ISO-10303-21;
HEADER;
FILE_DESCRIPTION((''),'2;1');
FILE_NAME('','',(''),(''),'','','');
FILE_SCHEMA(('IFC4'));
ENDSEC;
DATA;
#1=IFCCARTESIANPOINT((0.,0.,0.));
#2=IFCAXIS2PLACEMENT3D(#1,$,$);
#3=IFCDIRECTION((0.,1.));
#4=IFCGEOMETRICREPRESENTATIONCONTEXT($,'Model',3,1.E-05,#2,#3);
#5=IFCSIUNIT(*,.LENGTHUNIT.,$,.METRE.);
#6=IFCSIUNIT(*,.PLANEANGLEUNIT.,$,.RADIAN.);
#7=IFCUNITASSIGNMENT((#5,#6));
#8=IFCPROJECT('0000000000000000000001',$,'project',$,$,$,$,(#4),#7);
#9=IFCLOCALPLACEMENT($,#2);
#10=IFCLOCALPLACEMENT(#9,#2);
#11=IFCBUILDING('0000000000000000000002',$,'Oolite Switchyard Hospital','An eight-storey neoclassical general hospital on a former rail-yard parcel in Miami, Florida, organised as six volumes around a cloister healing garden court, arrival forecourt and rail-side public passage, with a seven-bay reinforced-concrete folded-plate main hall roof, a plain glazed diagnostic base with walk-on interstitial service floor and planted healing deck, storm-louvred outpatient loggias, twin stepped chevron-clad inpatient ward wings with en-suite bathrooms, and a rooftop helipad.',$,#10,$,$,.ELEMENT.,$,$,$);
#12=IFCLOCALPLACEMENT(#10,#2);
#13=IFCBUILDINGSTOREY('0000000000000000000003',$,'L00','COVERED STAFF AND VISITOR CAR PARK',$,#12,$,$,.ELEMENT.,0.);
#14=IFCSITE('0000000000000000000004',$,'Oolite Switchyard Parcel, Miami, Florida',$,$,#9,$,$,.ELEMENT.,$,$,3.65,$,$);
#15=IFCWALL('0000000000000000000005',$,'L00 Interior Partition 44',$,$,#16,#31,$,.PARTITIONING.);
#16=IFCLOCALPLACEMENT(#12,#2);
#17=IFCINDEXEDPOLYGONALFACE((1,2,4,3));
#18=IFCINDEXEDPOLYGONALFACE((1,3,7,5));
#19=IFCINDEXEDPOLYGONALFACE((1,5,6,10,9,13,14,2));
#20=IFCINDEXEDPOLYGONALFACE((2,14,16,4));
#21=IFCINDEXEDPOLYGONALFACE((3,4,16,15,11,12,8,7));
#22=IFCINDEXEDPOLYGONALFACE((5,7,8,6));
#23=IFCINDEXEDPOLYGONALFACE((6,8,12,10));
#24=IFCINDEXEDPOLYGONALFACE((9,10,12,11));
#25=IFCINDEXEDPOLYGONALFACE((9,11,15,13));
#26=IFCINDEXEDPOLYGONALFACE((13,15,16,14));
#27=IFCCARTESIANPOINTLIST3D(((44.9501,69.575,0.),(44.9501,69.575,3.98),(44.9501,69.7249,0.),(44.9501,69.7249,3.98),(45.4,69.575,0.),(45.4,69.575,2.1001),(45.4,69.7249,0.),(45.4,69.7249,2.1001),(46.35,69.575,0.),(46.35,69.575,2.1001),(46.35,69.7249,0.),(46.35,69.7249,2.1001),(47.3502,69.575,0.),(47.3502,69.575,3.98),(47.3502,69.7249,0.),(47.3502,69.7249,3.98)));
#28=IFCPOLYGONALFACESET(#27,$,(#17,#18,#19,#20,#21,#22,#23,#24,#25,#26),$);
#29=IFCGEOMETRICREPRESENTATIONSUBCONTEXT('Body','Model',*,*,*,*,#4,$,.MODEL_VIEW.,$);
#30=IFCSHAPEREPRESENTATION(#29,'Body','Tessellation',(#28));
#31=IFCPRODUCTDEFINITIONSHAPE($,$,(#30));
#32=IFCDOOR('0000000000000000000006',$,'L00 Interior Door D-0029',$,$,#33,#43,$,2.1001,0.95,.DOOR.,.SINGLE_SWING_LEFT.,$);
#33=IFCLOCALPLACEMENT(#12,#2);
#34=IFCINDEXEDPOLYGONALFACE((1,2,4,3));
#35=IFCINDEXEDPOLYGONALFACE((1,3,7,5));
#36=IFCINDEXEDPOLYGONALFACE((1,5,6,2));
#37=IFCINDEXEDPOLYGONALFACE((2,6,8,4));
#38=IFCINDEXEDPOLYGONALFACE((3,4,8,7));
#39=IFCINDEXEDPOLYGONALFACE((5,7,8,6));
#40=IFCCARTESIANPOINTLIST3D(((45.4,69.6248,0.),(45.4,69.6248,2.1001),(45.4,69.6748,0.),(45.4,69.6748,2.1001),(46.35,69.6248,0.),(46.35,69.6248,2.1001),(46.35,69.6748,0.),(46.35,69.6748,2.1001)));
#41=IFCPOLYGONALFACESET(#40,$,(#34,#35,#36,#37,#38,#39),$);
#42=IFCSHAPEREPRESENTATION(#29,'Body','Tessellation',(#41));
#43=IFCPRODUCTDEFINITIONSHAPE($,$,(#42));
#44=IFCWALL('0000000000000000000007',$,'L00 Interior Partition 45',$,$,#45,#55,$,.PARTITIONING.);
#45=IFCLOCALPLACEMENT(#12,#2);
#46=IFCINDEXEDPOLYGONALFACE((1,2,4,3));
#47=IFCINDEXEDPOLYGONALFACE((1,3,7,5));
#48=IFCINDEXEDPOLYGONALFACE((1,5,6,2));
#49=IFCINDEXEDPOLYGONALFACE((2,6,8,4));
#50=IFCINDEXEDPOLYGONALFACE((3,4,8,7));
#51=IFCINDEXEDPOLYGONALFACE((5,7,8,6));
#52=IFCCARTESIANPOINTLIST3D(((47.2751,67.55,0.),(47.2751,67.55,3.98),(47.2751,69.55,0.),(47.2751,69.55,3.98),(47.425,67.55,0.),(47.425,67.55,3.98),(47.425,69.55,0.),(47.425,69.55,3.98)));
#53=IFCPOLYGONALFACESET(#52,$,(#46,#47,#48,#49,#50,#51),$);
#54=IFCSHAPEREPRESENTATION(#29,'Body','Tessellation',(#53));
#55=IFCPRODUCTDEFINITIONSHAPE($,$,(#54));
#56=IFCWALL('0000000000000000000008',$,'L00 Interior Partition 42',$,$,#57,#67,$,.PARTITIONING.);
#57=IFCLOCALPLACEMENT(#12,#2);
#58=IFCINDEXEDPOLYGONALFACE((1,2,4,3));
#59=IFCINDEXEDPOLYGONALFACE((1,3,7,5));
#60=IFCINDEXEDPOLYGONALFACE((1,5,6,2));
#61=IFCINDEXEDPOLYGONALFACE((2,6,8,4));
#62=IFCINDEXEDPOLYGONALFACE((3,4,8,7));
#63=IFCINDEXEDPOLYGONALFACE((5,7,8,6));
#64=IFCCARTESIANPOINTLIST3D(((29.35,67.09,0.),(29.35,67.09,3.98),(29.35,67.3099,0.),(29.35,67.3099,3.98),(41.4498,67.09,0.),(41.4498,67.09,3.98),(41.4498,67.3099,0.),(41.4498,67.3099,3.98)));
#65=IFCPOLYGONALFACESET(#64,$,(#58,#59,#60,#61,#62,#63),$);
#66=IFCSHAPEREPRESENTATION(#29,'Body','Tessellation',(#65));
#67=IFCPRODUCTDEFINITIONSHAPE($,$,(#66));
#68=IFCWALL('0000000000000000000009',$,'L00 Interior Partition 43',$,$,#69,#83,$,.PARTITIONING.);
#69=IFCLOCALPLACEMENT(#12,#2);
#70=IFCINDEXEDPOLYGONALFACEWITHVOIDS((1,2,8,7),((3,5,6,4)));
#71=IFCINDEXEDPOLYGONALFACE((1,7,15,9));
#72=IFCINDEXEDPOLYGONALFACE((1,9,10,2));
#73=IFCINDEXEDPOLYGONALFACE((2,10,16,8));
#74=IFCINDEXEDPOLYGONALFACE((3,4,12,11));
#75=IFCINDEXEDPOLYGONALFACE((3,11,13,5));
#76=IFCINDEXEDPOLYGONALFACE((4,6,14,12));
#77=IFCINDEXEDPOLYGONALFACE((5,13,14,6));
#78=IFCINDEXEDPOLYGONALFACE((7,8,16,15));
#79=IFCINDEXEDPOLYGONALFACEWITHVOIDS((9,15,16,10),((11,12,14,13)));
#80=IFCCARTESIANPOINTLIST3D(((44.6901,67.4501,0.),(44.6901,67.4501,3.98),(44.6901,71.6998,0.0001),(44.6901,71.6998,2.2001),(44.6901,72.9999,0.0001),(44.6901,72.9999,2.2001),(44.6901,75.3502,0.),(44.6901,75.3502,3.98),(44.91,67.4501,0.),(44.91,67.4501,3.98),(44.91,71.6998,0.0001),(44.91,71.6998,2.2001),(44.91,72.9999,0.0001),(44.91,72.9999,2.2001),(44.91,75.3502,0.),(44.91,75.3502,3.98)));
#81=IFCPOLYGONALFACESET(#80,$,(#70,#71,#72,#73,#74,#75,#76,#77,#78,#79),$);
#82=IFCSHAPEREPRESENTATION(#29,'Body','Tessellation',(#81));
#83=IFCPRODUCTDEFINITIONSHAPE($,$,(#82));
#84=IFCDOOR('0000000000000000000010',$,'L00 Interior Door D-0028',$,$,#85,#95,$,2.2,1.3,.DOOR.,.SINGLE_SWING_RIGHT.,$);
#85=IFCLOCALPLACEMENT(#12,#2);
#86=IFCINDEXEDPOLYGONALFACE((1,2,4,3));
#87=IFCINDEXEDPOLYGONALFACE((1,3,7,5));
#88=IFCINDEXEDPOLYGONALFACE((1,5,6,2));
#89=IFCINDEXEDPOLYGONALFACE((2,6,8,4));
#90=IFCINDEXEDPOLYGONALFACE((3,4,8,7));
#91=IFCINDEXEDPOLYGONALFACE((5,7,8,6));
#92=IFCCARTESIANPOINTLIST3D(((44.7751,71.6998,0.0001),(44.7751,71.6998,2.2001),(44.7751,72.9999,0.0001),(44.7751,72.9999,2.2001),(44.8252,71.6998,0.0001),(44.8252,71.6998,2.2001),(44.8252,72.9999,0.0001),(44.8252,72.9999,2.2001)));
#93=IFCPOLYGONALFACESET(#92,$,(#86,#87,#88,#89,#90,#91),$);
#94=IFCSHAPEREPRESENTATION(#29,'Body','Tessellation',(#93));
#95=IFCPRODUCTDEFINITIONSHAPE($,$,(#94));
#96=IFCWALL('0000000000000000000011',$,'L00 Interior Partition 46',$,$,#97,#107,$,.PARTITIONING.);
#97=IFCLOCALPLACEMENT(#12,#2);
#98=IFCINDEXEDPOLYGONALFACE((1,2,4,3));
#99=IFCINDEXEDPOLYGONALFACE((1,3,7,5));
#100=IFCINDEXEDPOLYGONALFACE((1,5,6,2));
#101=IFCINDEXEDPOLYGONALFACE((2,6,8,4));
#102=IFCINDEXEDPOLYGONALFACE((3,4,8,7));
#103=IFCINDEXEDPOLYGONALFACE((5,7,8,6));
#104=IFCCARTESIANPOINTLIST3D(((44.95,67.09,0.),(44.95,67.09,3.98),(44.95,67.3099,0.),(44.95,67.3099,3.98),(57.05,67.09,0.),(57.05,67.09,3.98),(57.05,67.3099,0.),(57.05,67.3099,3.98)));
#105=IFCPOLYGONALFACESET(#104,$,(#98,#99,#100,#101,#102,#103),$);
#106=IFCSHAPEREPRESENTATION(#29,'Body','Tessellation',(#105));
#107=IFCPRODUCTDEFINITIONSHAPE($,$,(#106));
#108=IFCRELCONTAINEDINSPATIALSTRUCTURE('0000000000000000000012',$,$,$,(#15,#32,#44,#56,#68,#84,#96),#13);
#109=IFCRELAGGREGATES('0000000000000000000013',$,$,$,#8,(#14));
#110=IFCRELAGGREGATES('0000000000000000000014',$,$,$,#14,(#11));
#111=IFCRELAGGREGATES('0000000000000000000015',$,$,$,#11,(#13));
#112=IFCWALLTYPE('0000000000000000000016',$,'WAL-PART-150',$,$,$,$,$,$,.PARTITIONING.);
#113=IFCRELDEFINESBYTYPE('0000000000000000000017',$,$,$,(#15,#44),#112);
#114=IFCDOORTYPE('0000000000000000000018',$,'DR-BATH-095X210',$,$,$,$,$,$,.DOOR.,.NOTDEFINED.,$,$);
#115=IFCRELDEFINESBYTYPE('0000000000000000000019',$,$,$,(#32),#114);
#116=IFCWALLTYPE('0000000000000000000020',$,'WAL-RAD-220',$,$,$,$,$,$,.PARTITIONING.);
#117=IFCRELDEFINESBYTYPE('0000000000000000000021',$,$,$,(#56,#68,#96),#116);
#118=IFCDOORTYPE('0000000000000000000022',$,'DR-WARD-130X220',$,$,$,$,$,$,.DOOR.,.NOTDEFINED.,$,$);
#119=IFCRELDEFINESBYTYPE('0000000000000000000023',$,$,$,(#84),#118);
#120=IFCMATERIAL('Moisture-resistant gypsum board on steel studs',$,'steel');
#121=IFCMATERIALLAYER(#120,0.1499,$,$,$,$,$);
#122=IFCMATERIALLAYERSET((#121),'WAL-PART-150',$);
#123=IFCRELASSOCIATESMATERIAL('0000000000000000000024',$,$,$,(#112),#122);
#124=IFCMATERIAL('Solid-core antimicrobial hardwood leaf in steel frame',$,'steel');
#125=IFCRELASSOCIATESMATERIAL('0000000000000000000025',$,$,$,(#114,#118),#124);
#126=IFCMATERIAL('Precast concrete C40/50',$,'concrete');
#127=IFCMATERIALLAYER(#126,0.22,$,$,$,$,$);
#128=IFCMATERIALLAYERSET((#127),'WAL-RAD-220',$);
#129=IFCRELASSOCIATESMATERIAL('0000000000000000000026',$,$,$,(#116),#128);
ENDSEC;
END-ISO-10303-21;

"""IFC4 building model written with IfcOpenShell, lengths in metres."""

from ifc_helpers import new_model, si_unit, direction, frame, frame_2d, origin, place, context, subcontext, project, spatial, rectangle, extrude, material, layer, layer_set, type_object, element, fill, save


model = new_model("IFC4")

# Units and contexts
model_context = context("Model", 3, precision=1e-05, world=origin(), true_north=direction((0.0, 1.0)))
body_context = subcontext(model_context, "Body", "Model", "MODEL_VIEW")
ifc_project = project(units=[si_unit("LENGTHUNIT", "METRE"), si_unit("PLANEANGLEUNIT", "RADIAN")], contexts=[model_context])

# Site, building, storey
site_placement = place(None, origin())
site = spatial("IfcSite", under=ifc_project, at=site_placement, Name="Oolite Switchyard Parcel, Miami, Florida", CompositionType="ELEMENT", RefElevation=3.65)
building_placement = place(site_placement, origin())
building = spatial("IfcBuilding", under=site, at=building_placement, Name="Oolite Switchyard Hospital", Description="An eight-storey neoclassical general hospital on a former rail-yard parcel in Miami, Florida, organised as six volumes around a cloister healing garden court, arrival forecourt and rail-side public passage, with a seven-bay reinforced-concrete folded-plate main hall roof, a plain glazed diagnostic base with walk-on interstitial service floor and planted healing deck, storm-louvred outpatient loggias, twin stepped chevron-clad inpatient ward wings with en-suite bathrooms, and a rooftop helipad.", CompositionType="ELEMENT")
storey_placement = place(building_placement, origin())
storey = spatial("IfcBuildingStorey", under=building, at=storey_placement, Name="L00", Description="COVERED STAFF AND VISITOR CAR PARK", CompositionType="ELEMENT", Elevation=0.0)

# Wall, opening, door
ifc_material_1 = material(Name="Moisture-resistant gypsum board on steel studs", Category="steel")
ifc_layer_1 = layer(ifc_material_1, 0.1499)
ifc_layer_set_1 = layer_set([ifc_layer_1], Name="WAL-PART-150")
wall_type_1 = type_object("IfcWallType", Name="WAL-PART-150", PredefinedType="PARTITIONING", material=ifc_layer_set_1)
wall_1_placement = place(storey_placement, frame((44.95, 69.6499, 0.0), z_axis=(0.0, 0.0, 1.0), x_axis=(1.0, 0.0, 0.0)))
wall_1 = element("IfcWall", 1, at=wall_1_placement, inside=storey, type_object=wall_type_1, Name="L00 Interior Partition 44", PredefinedType="PARTITIONING", context=body_context, shape_type="SweptSolid", body=[
    extrude(rectangle(XDim=2.4001, YDim=0.1499, at=frame_2d((1.2002, 0.0))), origin(), (0.0, 0.0, 1.0), 3.98),
])
opening_1_placement = place(wall_1_placement, frame((0.45, 0.0, 0.0)))
opening_1 = element("IfcOpeningElement", 2, at=opening_1_placement, cuts=wall_1, PredefinedType="OPENING", context=body_context, shape_type="SweptSolid", body=[
    extrude(rectangle(XDim=0.95, YDim=2.1001, at=frame_2d((0.4751, 1.05))), frame((0.0, 0.085, 0.0), z_axis=(0.0, -1.0, 0.0), x_axis=(1.0, 0.0, 0.0)), (0.0, 0.0, 1.0), 0.1699),
])
ifc_material_2 = material(Name="Solid-core antimicrobial hardwood leaf in steel frame", Category="steel")
door_type_1 = type_object("IfcDoorType", Name="DR-BATH-095X210", OperationType="NOTDEFINED", PredefinedType="DOOR", material=ifc_material_2)
door_1_placement = place(opening_1_placement, origin())
door_1 = element("IfcDoor", 3, at=door_1_placement, inside=storey, type_object=door_type_1, Name="L00 Interior Door D-0029", OperationType="SINGLE_SWING_LEFT", OverallHeight=2.1001, OverallWidth=0.95, PredefinedType="DOOR", context=body_context, shape_type="SweptSolid", body=[
    extrude(rectangle(XDim=0.95, YDim=2.1001, at=frame_2d((0.4751, 1.05))), frame((0.0, 0.0249, 0.0), z_axis=(0.0, -1.0, 0.0), x_axis=(1.0, 0.0, 0.0)), (0.0, 0.0, 1.0), 0.05),
])
fill(opening_1, door_1)

# Wall
wall_2_placement = place(storey_placement, frame((47.3501, 67.55, 0.0), z_axis=(0.0, 0.0, 1.0), x_axis=(0.0, 1.0, 0.0)))
element("IfcWall", 4, at=wall_2_placement, inside=storey, type_object=wall_type_1, Name="L00 Interior Partition 45", PredefinedType="PARTITIONING", context=body_context, shape_type="SweptSolid", body=[
    extrude(rectangle(XDim=2.0, YDim=0.1499, at=frame_2d((1.0, 0.0))), origin(), (0.0, 0.0, 1.0), 3.98),
])

# Shared definitions
ifc_material_3 = material(Name="Precast concrete C40/50", Category="concrete")
ifc_layer_2 = layer(ifc_material_3, 0.22)
ifc_layer_set_2 = layer_set([ifc_layer_2], Name="WAL-RAD-220")
wall_type_2 = type_object("IfcWallType", Name="WAL-RAD-220", PredefinedType="PARTITIONING", material=ifc_layer_set_2)

# Wall
wall_3_placement = place(storey_placement, frame((29.3501, 67.2, 0.0), z_axis=(0.0, 0.0, 1.0), x_axis=(1.0, 0.0, 0.0)))
element("IfcWall", 5, at=wall_3_placement, inside=storey, type_object=wall_type_2, Name="L00 Interior Partition 42", PredefinedType="PARTITIONING", context=body_context, shape_type="SweptSolid", body=[
    extrude(rectangle(XDim=12.0999, YDim=0.22, at=frame_2d((6.0498, 0.0))), origin(), (0.0, 0.0, 1.0), 3.98),
])

# Wall, opening, door
wall_4_placement = place(storey_placement, frame((44.8, 67.45, 0.0), z_axis=(0.0, 0.0, 1.0), x_axis=(0.0, 1.0, 0.0)))
wall_4 = element("IfcWall", 6, at=wall_4_placement, inside=storey, type_object=wall_type_2, Name="L00 Interior Partition 43", PredefinedType="PARTITIONING", context=body_context, shape_type="SweptSolid", body=[
    extrude(rectangle(XDim=7.9001, YDim=0.22, at=frame_2d((3.9502, 0.0))), origin(), (0.0, 0.0, 1.0), 3.98),
])
opening_2_placement = place(wall_4_placement, frame((4.25, 0.0, 0.0)))
opening_2 = element("IfcOpeningElement", 7, at=opening_2_placement, cuts=wall_4, PredefinedType="OPENING", context=body_context, shape_type="SweptSolid", body=[
    extrude(rectangle(XDim=1.3, YDim=2.2, at=frame_2d((0.6499, 1.1001))), frame((0.0, 0.1201, 0.0), z_axis=(0.0, -1.0, 0.0), x_axis=(1.0, 0.0, 0.0)), (0.0, 0.0, 1.0), 0.24),
])
door_type_2 = type_object("IfcDoorType", Name="DR-WARD-130X220", OperationType="NOTDEFINED", PredefinedType="DOOR", material=ifc_material_2)
door_2_placement = place(opening_2_placement, origin())
door_2 = element("IfcDoor", 8, at=door_2_placement, inside=storey, type_object=door_type_2, Name="L00 Interior Door D-0028", OperationType="SINGLE_SWING_RIGHT", OverallHeight=2.2, OverallWidth=1.3, PredefinedType="DOOR", context=body_context, shape_type="SweptSolid", body=[
    extrude(rectangle(XDim=1.3, YDim=2.2, at=frame_2d((0.6499, 1.1001))), frame((0.0, 0.0249, 0.0), z_axis=(0.0, -1.0, 0.0), x_axis=(1.0, 0.0, 0.0)), (0.0, 0.0, 1.0), 0.05),
])
fill(opening_2, door_2)

# Wall
wall_5_placement = place(storey_placement, frame((44.95, 67.2, 0.0), z_axis=(0.0, 0.0, 1.0), x_axis=(1.0, 0.0, 0.0)))
element("IfcWall", 9, at=wall_5_placement, inside=storey, type_object=wall_type_2, Name="L00 Interior Partition 46", PredefinedType="PARTITIONING", context=body_context, shape_type="SweptSolid", body=[
    extrude(rectangle(XDim=12.1001, YDim=0.22, at=frame_2d((6.05, 0.0))), origin(), (0.0, 0.0, 1.0), 3.98),
])

save(model, "model.ifc")
